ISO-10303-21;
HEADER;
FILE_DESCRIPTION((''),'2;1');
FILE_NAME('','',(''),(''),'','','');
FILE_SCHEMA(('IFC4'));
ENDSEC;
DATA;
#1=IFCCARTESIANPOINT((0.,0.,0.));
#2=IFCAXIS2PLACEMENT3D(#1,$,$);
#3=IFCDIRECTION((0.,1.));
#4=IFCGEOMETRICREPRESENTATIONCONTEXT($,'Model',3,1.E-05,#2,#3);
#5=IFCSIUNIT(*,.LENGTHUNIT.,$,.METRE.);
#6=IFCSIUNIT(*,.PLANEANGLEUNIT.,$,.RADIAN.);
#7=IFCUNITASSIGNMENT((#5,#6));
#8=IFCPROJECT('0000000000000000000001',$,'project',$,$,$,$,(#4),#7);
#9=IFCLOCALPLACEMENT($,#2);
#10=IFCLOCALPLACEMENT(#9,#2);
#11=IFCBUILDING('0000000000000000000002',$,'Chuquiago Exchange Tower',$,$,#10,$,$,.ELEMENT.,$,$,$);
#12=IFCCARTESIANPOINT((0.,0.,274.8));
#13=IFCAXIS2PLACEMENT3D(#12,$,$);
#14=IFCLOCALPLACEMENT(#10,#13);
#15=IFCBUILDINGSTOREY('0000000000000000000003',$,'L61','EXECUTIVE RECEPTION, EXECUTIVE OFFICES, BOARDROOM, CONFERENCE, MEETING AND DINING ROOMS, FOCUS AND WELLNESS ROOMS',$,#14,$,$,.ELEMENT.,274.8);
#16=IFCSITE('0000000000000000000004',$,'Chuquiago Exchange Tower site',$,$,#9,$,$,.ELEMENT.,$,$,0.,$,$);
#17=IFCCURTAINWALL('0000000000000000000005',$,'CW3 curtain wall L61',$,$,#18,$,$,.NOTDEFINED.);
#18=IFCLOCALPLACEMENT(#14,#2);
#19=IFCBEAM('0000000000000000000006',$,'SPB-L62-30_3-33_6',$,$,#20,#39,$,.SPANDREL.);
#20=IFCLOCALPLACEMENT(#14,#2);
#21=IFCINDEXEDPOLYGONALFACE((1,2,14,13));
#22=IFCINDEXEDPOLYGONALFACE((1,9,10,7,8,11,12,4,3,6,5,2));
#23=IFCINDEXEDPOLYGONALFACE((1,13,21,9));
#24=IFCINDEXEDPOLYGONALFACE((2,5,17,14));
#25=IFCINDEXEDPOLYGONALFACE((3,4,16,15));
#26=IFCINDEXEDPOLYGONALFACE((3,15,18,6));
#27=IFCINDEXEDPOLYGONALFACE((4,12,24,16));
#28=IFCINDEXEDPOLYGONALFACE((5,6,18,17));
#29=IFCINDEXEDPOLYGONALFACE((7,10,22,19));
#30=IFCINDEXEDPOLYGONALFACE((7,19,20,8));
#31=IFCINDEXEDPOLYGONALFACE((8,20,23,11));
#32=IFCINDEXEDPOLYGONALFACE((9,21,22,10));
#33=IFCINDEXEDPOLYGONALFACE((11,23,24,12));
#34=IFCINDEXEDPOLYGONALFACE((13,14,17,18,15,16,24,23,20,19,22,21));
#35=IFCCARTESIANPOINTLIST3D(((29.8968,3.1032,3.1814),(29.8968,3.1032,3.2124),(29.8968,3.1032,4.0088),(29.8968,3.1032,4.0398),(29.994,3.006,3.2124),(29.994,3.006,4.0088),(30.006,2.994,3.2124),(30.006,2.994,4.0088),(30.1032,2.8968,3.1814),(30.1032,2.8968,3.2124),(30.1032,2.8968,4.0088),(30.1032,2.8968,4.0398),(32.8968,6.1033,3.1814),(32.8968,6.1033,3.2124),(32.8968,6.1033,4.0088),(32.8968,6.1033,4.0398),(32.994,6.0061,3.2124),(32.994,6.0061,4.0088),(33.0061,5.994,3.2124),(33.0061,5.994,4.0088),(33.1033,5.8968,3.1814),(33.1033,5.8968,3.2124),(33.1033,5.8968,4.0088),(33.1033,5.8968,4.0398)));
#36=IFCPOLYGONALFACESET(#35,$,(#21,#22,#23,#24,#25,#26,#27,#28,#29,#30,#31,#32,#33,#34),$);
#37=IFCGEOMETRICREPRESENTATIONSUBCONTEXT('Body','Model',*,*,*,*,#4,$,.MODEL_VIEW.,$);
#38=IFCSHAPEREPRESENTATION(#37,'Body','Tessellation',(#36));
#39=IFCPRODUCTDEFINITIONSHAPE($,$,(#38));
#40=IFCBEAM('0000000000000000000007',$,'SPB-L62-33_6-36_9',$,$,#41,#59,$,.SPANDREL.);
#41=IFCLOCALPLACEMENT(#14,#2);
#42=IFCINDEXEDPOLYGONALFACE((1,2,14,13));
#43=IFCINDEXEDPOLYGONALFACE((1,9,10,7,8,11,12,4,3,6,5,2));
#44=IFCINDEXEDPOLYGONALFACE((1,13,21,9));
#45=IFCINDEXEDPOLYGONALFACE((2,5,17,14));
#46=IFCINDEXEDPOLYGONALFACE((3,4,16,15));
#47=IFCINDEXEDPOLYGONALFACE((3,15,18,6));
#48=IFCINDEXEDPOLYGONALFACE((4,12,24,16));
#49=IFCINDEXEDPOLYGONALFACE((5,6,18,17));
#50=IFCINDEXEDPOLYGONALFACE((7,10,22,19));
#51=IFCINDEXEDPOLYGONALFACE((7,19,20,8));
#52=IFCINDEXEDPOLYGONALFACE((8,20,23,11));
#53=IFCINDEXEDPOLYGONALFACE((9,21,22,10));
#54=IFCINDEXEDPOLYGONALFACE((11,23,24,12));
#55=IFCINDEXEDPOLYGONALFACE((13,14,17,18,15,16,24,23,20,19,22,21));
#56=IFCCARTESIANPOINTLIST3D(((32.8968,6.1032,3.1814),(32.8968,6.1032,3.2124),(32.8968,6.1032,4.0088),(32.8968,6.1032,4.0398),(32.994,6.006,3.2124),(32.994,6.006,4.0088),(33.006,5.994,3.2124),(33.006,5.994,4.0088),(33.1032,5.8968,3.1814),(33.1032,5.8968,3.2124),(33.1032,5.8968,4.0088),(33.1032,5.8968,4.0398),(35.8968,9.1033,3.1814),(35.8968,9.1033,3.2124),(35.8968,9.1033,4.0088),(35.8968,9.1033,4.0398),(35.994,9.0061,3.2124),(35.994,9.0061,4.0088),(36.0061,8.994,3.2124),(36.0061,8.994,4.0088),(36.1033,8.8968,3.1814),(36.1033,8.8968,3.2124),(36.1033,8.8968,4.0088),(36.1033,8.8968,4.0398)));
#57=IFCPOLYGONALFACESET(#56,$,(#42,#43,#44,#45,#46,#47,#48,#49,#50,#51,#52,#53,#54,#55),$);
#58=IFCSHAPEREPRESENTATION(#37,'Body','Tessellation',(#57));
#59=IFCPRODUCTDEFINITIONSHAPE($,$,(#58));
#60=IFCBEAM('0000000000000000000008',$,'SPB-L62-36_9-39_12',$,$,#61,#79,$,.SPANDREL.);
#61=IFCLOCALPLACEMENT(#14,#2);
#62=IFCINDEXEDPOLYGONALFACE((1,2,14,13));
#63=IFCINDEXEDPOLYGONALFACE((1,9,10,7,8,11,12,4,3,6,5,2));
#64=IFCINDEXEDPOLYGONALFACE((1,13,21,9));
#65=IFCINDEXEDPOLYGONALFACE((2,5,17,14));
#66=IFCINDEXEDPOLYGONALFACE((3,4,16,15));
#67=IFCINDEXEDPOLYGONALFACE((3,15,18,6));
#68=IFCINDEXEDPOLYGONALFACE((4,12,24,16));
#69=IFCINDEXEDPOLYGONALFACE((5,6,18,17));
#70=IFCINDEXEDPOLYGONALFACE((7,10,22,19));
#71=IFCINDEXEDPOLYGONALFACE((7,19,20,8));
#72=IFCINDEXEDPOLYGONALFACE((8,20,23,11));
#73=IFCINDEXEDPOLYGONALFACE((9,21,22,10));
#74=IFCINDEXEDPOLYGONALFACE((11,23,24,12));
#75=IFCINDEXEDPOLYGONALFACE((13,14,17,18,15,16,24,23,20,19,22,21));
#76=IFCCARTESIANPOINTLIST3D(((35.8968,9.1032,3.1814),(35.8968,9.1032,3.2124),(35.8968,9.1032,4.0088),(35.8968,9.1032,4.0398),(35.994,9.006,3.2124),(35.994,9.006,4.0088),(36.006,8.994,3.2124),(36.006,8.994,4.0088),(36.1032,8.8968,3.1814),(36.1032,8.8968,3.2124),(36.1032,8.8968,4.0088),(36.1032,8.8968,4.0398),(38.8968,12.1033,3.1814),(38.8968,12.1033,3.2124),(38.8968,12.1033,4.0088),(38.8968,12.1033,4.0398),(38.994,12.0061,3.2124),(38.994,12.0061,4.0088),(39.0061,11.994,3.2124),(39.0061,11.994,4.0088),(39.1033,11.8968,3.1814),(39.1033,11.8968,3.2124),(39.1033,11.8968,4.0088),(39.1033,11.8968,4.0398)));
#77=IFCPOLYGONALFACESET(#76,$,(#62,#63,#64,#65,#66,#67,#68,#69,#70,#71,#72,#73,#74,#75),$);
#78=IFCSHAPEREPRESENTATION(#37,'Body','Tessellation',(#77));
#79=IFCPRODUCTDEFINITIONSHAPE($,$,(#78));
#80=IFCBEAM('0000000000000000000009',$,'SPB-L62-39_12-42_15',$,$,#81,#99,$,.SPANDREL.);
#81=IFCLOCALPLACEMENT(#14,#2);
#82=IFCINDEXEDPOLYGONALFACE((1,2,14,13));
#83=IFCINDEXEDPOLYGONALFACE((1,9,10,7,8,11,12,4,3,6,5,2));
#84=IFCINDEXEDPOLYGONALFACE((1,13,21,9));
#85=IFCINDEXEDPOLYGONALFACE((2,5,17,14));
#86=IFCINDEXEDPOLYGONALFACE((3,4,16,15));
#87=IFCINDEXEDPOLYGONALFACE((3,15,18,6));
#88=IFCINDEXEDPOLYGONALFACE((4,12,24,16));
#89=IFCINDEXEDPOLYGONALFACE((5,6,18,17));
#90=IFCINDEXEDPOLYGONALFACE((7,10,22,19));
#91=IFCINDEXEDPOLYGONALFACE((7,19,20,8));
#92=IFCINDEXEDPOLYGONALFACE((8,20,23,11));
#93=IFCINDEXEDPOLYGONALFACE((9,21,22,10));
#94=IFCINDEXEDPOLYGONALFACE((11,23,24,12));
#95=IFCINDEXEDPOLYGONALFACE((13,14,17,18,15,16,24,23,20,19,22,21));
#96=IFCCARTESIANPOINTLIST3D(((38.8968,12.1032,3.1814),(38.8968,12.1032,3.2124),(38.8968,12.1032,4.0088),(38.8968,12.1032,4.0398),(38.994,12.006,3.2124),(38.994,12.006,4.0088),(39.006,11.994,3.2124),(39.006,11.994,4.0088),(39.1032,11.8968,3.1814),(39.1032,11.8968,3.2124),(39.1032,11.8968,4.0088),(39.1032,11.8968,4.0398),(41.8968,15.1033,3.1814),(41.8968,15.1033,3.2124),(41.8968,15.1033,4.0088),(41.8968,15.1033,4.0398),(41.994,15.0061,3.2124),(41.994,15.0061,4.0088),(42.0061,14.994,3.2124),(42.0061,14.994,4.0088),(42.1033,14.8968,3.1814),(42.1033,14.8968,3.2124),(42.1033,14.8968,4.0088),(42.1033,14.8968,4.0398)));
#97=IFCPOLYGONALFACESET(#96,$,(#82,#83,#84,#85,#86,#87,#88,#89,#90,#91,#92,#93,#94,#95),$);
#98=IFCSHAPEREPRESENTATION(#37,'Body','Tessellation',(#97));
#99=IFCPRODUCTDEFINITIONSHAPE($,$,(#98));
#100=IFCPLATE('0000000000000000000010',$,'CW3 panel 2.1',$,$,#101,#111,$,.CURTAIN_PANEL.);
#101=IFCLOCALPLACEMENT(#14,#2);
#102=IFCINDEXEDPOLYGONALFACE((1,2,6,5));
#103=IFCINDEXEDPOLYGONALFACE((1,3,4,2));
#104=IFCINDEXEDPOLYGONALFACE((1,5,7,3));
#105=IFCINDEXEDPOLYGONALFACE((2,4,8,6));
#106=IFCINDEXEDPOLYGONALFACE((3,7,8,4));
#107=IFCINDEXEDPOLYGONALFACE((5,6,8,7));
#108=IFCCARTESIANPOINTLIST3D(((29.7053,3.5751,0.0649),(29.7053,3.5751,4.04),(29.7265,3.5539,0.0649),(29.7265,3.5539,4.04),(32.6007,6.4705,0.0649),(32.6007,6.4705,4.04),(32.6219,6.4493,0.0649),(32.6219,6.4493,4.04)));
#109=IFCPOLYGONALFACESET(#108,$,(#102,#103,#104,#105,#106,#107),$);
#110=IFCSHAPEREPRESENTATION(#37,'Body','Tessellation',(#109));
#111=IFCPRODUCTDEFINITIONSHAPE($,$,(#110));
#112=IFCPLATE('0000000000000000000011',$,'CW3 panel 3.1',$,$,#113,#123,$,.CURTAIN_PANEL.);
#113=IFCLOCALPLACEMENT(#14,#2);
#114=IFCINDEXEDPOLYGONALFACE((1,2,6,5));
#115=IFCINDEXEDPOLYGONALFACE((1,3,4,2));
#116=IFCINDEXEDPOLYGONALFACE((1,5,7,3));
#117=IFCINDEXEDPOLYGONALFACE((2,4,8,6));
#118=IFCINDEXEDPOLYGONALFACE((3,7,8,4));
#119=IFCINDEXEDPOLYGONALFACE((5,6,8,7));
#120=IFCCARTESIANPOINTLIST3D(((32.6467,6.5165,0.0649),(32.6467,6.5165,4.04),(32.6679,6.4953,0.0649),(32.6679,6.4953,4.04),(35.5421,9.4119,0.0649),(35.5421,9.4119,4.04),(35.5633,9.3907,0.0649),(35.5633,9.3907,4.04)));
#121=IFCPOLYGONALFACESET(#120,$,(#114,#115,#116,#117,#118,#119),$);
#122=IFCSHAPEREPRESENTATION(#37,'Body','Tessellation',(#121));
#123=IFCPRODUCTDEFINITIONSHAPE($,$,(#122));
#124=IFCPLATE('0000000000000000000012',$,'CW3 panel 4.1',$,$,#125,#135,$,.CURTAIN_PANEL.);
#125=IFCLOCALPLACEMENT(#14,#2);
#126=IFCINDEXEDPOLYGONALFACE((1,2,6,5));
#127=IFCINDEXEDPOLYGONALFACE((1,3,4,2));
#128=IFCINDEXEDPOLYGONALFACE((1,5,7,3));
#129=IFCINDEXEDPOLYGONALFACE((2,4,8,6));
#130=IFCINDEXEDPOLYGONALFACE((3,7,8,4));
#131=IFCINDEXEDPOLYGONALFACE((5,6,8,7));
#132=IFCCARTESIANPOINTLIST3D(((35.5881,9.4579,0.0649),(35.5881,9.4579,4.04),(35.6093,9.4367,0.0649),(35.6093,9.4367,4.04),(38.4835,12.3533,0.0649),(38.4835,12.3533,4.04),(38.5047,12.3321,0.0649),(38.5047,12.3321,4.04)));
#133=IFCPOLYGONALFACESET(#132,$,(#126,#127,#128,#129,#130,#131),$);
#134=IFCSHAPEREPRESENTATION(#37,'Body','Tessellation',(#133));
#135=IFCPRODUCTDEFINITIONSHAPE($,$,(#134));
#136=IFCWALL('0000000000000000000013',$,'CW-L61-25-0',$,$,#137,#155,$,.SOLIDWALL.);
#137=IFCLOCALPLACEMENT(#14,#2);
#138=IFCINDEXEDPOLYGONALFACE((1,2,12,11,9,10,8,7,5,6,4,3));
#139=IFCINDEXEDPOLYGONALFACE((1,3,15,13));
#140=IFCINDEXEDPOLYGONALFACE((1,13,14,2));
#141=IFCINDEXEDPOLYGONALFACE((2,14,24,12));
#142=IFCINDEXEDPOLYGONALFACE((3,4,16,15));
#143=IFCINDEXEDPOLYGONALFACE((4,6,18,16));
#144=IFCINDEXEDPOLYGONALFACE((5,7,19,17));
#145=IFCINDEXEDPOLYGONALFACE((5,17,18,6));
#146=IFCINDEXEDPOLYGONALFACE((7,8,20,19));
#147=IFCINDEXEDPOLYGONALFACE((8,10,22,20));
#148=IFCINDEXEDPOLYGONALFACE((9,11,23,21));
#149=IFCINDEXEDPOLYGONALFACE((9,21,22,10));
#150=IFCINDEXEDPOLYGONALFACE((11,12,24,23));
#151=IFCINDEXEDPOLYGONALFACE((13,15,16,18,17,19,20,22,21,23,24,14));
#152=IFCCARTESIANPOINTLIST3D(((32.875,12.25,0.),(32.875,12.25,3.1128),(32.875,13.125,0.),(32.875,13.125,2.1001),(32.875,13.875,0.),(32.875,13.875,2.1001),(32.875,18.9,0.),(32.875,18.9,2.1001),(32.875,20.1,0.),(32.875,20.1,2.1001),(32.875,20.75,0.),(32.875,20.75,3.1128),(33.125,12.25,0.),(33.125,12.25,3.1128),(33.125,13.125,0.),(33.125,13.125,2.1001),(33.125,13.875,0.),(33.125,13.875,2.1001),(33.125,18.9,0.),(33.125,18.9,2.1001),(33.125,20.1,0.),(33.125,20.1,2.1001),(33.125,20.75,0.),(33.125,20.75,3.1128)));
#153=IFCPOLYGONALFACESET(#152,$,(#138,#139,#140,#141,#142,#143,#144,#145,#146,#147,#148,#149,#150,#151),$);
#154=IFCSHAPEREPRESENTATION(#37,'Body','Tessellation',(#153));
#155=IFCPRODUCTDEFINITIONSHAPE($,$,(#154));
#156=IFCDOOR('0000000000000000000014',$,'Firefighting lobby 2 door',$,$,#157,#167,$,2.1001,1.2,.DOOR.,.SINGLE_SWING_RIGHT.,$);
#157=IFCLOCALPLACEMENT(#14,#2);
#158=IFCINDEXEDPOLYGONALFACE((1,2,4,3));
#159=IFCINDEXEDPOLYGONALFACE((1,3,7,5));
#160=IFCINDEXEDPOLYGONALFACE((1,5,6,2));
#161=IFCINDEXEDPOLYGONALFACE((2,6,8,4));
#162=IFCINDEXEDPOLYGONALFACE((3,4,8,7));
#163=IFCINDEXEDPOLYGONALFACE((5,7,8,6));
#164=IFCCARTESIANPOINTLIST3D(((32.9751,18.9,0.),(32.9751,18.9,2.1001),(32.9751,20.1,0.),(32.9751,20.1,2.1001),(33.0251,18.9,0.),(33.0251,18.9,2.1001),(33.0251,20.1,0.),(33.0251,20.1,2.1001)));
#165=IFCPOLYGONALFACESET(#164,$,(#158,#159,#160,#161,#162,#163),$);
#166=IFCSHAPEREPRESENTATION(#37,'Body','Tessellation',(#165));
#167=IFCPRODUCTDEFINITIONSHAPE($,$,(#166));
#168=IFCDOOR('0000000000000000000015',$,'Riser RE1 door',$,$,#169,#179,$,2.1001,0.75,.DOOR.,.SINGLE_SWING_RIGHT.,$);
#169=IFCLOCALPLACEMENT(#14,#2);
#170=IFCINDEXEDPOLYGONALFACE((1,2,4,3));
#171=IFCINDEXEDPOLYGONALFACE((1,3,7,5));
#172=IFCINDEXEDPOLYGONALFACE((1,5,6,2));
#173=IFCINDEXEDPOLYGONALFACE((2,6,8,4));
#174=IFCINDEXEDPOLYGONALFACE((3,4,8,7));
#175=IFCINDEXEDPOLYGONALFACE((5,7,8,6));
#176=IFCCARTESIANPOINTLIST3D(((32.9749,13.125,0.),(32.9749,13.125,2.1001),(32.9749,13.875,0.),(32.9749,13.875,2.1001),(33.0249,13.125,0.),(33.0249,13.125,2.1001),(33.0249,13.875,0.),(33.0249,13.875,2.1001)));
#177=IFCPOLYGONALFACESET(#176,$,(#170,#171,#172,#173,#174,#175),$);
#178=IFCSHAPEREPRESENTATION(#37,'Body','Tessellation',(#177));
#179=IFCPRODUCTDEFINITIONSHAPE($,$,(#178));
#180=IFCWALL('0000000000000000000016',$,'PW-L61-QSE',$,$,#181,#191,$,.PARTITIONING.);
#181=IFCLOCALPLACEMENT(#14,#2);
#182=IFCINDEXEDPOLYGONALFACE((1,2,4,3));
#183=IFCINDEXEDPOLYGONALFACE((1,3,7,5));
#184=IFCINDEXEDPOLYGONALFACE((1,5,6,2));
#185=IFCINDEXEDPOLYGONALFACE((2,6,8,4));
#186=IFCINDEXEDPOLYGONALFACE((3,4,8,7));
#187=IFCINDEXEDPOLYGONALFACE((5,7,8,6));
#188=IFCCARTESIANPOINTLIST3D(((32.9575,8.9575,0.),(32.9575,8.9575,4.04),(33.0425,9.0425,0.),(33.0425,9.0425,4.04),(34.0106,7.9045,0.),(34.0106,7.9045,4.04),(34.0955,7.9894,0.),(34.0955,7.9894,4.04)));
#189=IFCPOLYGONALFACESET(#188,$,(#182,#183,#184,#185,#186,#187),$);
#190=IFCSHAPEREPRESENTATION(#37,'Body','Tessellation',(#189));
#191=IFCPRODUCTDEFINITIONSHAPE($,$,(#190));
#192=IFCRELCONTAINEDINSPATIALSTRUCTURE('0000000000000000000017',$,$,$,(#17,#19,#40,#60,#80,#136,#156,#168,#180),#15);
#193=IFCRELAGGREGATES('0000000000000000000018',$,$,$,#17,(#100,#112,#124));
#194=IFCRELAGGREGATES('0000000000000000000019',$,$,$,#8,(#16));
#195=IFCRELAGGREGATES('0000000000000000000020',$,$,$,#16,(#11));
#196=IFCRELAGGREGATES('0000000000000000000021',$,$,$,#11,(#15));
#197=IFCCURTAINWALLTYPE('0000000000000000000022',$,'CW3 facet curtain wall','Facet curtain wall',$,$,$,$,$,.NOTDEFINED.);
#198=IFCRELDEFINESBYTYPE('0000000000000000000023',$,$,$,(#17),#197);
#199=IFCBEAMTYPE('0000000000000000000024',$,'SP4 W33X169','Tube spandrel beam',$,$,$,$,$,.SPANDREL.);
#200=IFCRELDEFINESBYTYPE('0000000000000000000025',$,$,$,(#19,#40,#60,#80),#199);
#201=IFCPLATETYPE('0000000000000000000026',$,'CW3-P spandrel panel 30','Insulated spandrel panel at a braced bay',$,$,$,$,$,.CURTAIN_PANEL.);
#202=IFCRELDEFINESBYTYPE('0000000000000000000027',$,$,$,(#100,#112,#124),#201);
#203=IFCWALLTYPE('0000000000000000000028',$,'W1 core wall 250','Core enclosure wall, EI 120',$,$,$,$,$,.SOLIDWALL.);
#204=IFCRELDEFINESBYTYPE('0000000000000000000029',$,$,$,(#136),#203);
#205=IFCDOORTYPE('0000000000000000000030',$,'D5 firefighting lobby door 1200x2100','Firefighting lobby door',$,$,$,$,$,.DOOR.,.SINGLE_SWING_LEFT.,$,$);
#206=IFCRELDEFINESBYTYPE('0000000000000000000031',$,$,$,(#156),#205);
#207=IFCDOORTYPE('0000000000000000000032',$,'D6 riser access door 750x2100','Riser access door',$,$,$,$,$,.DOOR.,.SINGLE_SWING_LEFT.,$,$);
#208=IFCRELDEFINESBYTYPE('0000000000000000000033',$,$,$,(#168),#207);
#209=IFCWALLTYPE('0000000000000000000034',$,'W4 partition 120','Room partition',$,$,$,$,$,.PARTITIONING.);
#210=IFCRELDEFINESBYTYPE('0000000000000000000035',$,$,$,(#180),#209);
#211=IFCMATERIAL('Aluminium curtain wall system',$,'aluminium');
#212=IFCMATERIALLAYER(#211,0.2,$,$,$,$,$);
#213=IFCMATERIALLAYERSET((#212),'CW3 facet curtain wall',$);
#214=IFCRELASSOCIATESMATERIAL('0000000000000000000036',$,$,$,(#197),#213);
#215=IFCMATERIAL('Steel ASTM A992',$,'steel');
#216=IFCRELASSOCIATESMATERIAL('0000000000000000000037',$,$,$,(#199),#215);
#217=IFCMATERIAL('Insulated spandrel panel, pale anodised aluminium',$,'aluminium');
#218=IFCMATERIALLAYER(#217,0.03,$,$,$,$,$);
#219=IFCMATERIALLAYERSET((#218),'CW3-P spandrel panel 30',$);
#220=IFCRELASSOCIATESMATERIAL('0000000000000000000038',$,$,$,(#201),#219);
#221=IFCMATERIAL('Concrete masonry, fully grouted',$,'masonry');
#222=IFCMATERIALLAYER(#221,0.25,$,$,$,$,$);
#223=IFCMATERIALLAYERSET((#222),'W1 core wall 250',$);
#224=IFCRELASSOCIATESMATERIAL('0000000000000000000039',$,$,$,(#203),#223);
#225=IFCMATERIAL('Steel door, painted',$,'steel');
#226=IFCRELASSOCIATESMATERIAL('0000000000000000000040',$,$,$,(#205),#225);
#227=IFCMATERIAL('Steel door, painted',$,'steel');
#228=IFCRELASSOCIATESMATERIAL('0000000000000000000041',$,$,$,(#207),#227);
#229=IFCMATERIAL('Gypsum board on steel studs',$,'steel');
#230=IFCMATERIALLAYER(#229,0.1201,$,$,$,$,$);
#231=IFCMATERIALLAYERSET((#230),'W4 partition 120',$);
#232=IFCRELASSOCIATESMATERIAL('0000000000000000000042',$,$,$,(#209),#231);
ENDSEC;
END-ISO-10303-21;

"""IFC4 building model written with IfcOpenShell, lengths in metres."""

from ifc_helpers import new_model, si_unit, direction, frame, frame_2d, origin, origin_2d, place, context, subcontext, project, spatial, rectangle, i_section, extrude, material, layer, layer_set, material_profile, profile_set, type_object, element, fill, aggregate, save


model = new_model("IFC4")

# Units and contexts
model_context = context("Model", 3, precision=1e-05, world=origin(), true_north=direction((0.0, 1.0)))
body_context = subcontext(model_context, "Body", "Model", "MODEL_VIEW")
ifc_project = project(units=[si_unit("LENGTHUNIT", "METRE"), si_unit("PLANEANGLEUNIT", "RADIAN")], contexts=[model_context])

# Site, building, storey
site_placement = place(None, origin())
site = spatial("IfcSite", under=ifc_project, at=site_placement, Name="Chuquiago Exchange Tower site", CompositionType="ELEMENT", RefElevation=0.0)
building_placement = place(site_placement, origin())
building = spatial("IfcBuilding", under=site, at=building_placement, Name="Chuquiago Exchange Tower", CompositionType="ELEMENT")
storey_placement = place(building_placement, frame((0.0, 0.0, 274.8)))
storey = spatial("IfcBuildingStorey", under=building, at=storey_placement, Name="L61", Description="EXECUTIVE RECEPTION, EXECUTIVE OFFICES, BOARDROOM, CONFERENCE, MEETING AND DINING ROOMS, FOCUS AND WELLNESS ROOMS", CompositionType="ELEMENT", Elevation=274.8)

# Curtain wall
ifc_material_1 = material(Name="Aluminium curtain wall system", Category="aluminium")
ifc_layer_1 = layer(ifc_material_1, 0.2)
ifc_layer_set_1 = layer_set([ifc_layer_1], Name="CW3 facet curtain wall")
curtain_wall_type = type_object("IfcCurtainWallType", Name="CW3 facet curtain wall", Description="Facet curtain wall", PredefinedType="NOTDEFINED", material=ifc_layer_set_1)
curtain_wall_placement = place(storey_placement, origin())
curtain_wall = element("IfcCurtainWall", 1, at=curtain_wall_placement, inside=storey, type_object=curtain_wall_type, Name="CW3 curtain wall L61", PredefinedType="NOTDEFINED")

# Beams
ifc_material_2 = material(Name="Steel ASTM A992", Category="steel")
ifc_material_profile_1 = material_profile(ifc_material_2, i_section(OverallWidth=0.292, OverallDepth=0.8584, WebThickness=0.0171, FlangeThickness=0.031, at=origin_2d()), Name="W33X169")
ifc_profile_set_1 = profile_set([ifc_material_profile_1], Name="Steel ASTM A992")
beam_type_1 = type_object("IfcBeamType", Name="SP4 W33X169", Description="Tube spandrel beam", PredefinedType="SPANDREL", material=ifc_profile_set_1)
for number, where, z_axis, x_axis, name in (
    (2, (30.0, 3.0, 3.6106), (0.707107, 0.707107, 0.0), (-0.707107, 0.707107, 0.0), "SPB-L62-30_3-33_6"),
    (3, (33.0, 6.0, 3.6106), (0.707107, 0.707107, 0.0), (-0.707107, 0.707107, 0.0), "SPB-L62-33_6-36_9"),
    (4, (36.0, 9.0, 3.6106), (0.707107, 0.707107, 0.0), (-0.707107, 0.707107, 0.0), "SPB-L62-36_9-39_12"),
    (5, (39.0, 12.0, 3.6106), (0.707107, 0.707107, 0.0), (-0.707107, 0.707107, 0.0), "SPB-L62-39_12-42_15"),
):
    element("IfcBeam", number, at=place(storey_placement, frame(where, z_axis=z_axis, x_axis=x_axis)), inside=storey, type_object=beam_type_1, Name=name, PredefinedType="SPANDREL", context=body_context, shape_type="SweptSolid", body=[
        extrude(i_section(OverallWidth=0.292, OverallDepth=0.8584, WebThickness=0.0171, FlangeThickness=0.031, at=origin_2d()), origin(), (0.0, 0.0, 1.0), 4.2427),
    ])

# Plates
ifc_material_3 = material(Name="Insulated spandrel panel, pale anodised aluminium", Category="aluminium")
ifc_layer_2 = layer(ifc_material_3, 0.03)
ifc_layer_set_2 = layer_set([ifc_layer_2], Name="CW3-P spandrel panel 30")
plate_type = type_object("IfcPlateType", Name="CW3-P spandrel panel 30", Description="Insulated spandrel panel at a braced bay", PredefinedType="CURTAIN_PANEL", material=ifc_layer_set_2)
plate_1_placement = place(storey_placement, frame((31.1636, 5.0122, 0.0649), z_axis=(0.0, 0.0, 1.0), x_axis=(0.707107, 0.707107, 0.0)))
plate_1 = element("IfcPlate", 6, at=plate_1_placement, type_object=plate_type, Name="CW3 panel 2.1", PredefinedType="CURTAIN_PANEL", context=body_context, shape_type="SweptSolid", body=[
    extrude(rectangle(XDim=4.0947, YDim=0.03, at=origin_2d()), origin(), (0.0, 0.0, 1.0), 3.9751),
])
plate_2_placement = place(storey_placement, frame((34.105, 7.9536, 0.0649), z_axis=(0.0, 0.0, 1.0), x_axis=(0.707107, 0.707107, 0.0)))
plate_2 = element("IfcPlate", 7, at=plate_2_placement, type_object=plate_type, Name="CW3 panel 3.1", PredefinedType="CURTAIN_PANEL", context=body_context, shape_type="SweptSolid", body=[
    extrude(rectangle(XDim=4.0947, YDim=0.03, at=origin_2d()), origin(), (0.0, 0.0, 1.0), 3.9751),
])
plate_3_placement = place(storey_placement, frame((37.0464, 10.895, 0.0649), z_axis=(0.0, 0.0, 1.0), x_axis=(0.707107, 0.707107, 0.0)))
plate_3 = element("IfcPlate", 8, at=plate_3_placement, type_object=plate_type, Name="CW3 panel 4.1", PredefinedType="CURTAIN_PANEL", context=body_context, shape_type="SweptSolid", body=[
    extrude(rectangle(XDim=4.0947, YDim=0.03, at=origin_2d()), origin(), (0.0, 0.0, 1.0), 3.9751),
])
aggregate(curtain_wall, [plate_1, plate_2, plate_3])

# Wall, openings, doors
ifc_material_4 = material(Name="Concrete masonry, fully grouted", Category="masonry")
ifc_layer_3 = layer(ifc_material_4, 0.25)
ifc_layer_set_3 = layer_set([ifc_layer_3], Name="W1 core wall 250")
wall_type_1 = type_object("IfcWallType", Name="W1 core wall 250", Description="Core enclosure wall, EI 120", PredefinedType="SOLIDWALL", material=ifc_layer_set_3)
wall_1_placement = place(storey_placement, frame((33.0, 12.25, 0.0), z_axis=(0.0, 0.0, 1.0), x_axis=(0.0, 1.0, 0.0)))
wall_1 = element("IfcWall", 9, at=wall_1_placement, inside=storey, type_object=wall_type_1, Name="CW-L61-25-0", PredefinedType="SOLIDWALL", context=body_context, shape_type="SweptSolid", body=[
    extrude(rectangle(XDim=8.5, YDim=0.25, at=frame_2d((4.25, 0.0))), origin(), (0.0, 0.0, 1.0), 3.1128),
])
opening_1_placement = place(wall_1_placement, frame((6.6499, 0.0, 0.0)))
opening_1 = element("IfcOpeningElement", 10, at=opening_1_placement, cuts=wall_1, PredefinedType="OPENING", context=body_context, shape_type="SweptSolid", body=[
    extrude(rectangle(XDim=1.2, YDim=2.1001, at=frame_2d((0.6001, 1.05))), frame((0.0, 0.135, 0.0), z_axis=(0.0, -1.0, 0.0), x_axis=(1.0, 0.0, 0.0)), (0.0, 0.0, 1.0), 0.27),
])
opening_2_placement = place(wall_1_placement, frame((0.875, 0.0, 0.0)))
opening_2 = element("IfcOpeningElement", 11, at=opening_2_placement, cuts=wall_1, PredefinedType="OPENING", context=body_context, shape_type="SweptSolid", body=[
    extrude(rectangle(XDim=0.75, YDim=2.1001, at=frame_2d((0.375, 1.05))), frame((0.0, 0.135, 0.0), z_axis=(0.0, -1.0, 0.0), x_axis=(1.0, 0.0, 0.0)), (0.0, 0.0, 1.0), 0.27),
])
ifc_material_5 = material(Name="Steel door, painted", Category="steel")
door_type_1 = type_object("IfcDoorType", Name="D5 firefighting lobby door 1200x2100", Description="Firefighting lobby door", OperationType="SINGLE_SWING_LEFT", PredefinedType="DOOR", material=ifc_material_5)
door_1_placement = place(opening_1_placement, origin())
door_1 = element("IfcDoor", 12, at=door_1_placement, inside=storey, type_object=door_type_1, Name="Firefighting lobby 2 door", OperationType="SINGLE_SWING_RIGHT", OverallHeight=2.1001, OverallWidth=1.2, PredefinedType="DOOR", context=body_context, shape_type="SweptSolid", body=[
    extrude(rectangle(XDim=1.2, YDim=2.1001, at=frame_2d((0.6001, 1.05))), frame((0.0, 0.0249, 0.0), z_axis=(0.0, -1.0, 0.0), x_axis=(1.0, 0.0, 0.0)), (0.0, 0.0, 1.0), 0.05),
])
fill(opening_1, door_1)
ifc_material_6 = material(Name="Steel door, painted", Category="steel")
door_type_2 = type_object("IfcDoorType", Name="D6 riser access door 750x2100", Description="Riser access door", OperationType="SINGLE_SWING_LEFT", PredefinedType="DOOR", material=ifc_material_6)
door_2_placement = place(opening_2_placement, frame((0.75, 0.0, 0.0), z_axis=(0.0, 0.0, 1.0), x_axis=(-1.0, 0.0, 0.0)))
door_2 = element("IfcDoor", 13, at=door_2_placement, inside=storey, type_object=door_type_2, Name="Riser RE1 door", OperationType="SINGLE_SWING_RIGHT", OverallHeight=2.1001, OverallWidth=0.75, PredefinedType="DOOR", context=body_context, shape_type="SweptSolid", body=[
    extrude(rectangle(XDim=0.75, YDim=2.1001, at=frame_2d((0.375, 1.05))), frame((0.0, 0.0249, 0.0), z_axis=(0.0, -1.0, 0.0), x_axis=(1.0, 0.0, 0.0)), (0.0, 0.0, 1.0), 0.05),
])
fill(opening_2, door_2)

# Wall
ifc_material_7 = material(Name="Gypsum board on steel studs", Category="steel")
ifc_layer_4 = layer(ifc_material_7, 0.1201)
ifc_layer_set_4 = layer_set([ifc_layer_4], Name="W4 partition 120")
wall_type_2 = type_object("IfcWallType", Name="W4 partition 120", Description="Room partition", PredefinedType="PARTITIONING", material=ifc_layer_set_4)
wall_2_placement = place(storey_placement, frame((33.0, 9.0, 0.0), z_axis=(0.0, 0.0, 1.0), x_axis=(0.707107, -0.707107, 0.0)))
element("IfcWall", 14, at=wall_2_placement, inside=storey, type_object=wall_type_2, Name="PW-L61-QSE", PredefinedType="PARTITIONING", context=body_context, shape_type="SweptSolid", body=[
    extrude(rectangle(XDim=1.4893, YDim=0.1201, at=frame_2d((0.7446, 0.0))), origin(), (0.0, 0.0, 1.0), 4.04),
])

save(model, "model.ifc")
